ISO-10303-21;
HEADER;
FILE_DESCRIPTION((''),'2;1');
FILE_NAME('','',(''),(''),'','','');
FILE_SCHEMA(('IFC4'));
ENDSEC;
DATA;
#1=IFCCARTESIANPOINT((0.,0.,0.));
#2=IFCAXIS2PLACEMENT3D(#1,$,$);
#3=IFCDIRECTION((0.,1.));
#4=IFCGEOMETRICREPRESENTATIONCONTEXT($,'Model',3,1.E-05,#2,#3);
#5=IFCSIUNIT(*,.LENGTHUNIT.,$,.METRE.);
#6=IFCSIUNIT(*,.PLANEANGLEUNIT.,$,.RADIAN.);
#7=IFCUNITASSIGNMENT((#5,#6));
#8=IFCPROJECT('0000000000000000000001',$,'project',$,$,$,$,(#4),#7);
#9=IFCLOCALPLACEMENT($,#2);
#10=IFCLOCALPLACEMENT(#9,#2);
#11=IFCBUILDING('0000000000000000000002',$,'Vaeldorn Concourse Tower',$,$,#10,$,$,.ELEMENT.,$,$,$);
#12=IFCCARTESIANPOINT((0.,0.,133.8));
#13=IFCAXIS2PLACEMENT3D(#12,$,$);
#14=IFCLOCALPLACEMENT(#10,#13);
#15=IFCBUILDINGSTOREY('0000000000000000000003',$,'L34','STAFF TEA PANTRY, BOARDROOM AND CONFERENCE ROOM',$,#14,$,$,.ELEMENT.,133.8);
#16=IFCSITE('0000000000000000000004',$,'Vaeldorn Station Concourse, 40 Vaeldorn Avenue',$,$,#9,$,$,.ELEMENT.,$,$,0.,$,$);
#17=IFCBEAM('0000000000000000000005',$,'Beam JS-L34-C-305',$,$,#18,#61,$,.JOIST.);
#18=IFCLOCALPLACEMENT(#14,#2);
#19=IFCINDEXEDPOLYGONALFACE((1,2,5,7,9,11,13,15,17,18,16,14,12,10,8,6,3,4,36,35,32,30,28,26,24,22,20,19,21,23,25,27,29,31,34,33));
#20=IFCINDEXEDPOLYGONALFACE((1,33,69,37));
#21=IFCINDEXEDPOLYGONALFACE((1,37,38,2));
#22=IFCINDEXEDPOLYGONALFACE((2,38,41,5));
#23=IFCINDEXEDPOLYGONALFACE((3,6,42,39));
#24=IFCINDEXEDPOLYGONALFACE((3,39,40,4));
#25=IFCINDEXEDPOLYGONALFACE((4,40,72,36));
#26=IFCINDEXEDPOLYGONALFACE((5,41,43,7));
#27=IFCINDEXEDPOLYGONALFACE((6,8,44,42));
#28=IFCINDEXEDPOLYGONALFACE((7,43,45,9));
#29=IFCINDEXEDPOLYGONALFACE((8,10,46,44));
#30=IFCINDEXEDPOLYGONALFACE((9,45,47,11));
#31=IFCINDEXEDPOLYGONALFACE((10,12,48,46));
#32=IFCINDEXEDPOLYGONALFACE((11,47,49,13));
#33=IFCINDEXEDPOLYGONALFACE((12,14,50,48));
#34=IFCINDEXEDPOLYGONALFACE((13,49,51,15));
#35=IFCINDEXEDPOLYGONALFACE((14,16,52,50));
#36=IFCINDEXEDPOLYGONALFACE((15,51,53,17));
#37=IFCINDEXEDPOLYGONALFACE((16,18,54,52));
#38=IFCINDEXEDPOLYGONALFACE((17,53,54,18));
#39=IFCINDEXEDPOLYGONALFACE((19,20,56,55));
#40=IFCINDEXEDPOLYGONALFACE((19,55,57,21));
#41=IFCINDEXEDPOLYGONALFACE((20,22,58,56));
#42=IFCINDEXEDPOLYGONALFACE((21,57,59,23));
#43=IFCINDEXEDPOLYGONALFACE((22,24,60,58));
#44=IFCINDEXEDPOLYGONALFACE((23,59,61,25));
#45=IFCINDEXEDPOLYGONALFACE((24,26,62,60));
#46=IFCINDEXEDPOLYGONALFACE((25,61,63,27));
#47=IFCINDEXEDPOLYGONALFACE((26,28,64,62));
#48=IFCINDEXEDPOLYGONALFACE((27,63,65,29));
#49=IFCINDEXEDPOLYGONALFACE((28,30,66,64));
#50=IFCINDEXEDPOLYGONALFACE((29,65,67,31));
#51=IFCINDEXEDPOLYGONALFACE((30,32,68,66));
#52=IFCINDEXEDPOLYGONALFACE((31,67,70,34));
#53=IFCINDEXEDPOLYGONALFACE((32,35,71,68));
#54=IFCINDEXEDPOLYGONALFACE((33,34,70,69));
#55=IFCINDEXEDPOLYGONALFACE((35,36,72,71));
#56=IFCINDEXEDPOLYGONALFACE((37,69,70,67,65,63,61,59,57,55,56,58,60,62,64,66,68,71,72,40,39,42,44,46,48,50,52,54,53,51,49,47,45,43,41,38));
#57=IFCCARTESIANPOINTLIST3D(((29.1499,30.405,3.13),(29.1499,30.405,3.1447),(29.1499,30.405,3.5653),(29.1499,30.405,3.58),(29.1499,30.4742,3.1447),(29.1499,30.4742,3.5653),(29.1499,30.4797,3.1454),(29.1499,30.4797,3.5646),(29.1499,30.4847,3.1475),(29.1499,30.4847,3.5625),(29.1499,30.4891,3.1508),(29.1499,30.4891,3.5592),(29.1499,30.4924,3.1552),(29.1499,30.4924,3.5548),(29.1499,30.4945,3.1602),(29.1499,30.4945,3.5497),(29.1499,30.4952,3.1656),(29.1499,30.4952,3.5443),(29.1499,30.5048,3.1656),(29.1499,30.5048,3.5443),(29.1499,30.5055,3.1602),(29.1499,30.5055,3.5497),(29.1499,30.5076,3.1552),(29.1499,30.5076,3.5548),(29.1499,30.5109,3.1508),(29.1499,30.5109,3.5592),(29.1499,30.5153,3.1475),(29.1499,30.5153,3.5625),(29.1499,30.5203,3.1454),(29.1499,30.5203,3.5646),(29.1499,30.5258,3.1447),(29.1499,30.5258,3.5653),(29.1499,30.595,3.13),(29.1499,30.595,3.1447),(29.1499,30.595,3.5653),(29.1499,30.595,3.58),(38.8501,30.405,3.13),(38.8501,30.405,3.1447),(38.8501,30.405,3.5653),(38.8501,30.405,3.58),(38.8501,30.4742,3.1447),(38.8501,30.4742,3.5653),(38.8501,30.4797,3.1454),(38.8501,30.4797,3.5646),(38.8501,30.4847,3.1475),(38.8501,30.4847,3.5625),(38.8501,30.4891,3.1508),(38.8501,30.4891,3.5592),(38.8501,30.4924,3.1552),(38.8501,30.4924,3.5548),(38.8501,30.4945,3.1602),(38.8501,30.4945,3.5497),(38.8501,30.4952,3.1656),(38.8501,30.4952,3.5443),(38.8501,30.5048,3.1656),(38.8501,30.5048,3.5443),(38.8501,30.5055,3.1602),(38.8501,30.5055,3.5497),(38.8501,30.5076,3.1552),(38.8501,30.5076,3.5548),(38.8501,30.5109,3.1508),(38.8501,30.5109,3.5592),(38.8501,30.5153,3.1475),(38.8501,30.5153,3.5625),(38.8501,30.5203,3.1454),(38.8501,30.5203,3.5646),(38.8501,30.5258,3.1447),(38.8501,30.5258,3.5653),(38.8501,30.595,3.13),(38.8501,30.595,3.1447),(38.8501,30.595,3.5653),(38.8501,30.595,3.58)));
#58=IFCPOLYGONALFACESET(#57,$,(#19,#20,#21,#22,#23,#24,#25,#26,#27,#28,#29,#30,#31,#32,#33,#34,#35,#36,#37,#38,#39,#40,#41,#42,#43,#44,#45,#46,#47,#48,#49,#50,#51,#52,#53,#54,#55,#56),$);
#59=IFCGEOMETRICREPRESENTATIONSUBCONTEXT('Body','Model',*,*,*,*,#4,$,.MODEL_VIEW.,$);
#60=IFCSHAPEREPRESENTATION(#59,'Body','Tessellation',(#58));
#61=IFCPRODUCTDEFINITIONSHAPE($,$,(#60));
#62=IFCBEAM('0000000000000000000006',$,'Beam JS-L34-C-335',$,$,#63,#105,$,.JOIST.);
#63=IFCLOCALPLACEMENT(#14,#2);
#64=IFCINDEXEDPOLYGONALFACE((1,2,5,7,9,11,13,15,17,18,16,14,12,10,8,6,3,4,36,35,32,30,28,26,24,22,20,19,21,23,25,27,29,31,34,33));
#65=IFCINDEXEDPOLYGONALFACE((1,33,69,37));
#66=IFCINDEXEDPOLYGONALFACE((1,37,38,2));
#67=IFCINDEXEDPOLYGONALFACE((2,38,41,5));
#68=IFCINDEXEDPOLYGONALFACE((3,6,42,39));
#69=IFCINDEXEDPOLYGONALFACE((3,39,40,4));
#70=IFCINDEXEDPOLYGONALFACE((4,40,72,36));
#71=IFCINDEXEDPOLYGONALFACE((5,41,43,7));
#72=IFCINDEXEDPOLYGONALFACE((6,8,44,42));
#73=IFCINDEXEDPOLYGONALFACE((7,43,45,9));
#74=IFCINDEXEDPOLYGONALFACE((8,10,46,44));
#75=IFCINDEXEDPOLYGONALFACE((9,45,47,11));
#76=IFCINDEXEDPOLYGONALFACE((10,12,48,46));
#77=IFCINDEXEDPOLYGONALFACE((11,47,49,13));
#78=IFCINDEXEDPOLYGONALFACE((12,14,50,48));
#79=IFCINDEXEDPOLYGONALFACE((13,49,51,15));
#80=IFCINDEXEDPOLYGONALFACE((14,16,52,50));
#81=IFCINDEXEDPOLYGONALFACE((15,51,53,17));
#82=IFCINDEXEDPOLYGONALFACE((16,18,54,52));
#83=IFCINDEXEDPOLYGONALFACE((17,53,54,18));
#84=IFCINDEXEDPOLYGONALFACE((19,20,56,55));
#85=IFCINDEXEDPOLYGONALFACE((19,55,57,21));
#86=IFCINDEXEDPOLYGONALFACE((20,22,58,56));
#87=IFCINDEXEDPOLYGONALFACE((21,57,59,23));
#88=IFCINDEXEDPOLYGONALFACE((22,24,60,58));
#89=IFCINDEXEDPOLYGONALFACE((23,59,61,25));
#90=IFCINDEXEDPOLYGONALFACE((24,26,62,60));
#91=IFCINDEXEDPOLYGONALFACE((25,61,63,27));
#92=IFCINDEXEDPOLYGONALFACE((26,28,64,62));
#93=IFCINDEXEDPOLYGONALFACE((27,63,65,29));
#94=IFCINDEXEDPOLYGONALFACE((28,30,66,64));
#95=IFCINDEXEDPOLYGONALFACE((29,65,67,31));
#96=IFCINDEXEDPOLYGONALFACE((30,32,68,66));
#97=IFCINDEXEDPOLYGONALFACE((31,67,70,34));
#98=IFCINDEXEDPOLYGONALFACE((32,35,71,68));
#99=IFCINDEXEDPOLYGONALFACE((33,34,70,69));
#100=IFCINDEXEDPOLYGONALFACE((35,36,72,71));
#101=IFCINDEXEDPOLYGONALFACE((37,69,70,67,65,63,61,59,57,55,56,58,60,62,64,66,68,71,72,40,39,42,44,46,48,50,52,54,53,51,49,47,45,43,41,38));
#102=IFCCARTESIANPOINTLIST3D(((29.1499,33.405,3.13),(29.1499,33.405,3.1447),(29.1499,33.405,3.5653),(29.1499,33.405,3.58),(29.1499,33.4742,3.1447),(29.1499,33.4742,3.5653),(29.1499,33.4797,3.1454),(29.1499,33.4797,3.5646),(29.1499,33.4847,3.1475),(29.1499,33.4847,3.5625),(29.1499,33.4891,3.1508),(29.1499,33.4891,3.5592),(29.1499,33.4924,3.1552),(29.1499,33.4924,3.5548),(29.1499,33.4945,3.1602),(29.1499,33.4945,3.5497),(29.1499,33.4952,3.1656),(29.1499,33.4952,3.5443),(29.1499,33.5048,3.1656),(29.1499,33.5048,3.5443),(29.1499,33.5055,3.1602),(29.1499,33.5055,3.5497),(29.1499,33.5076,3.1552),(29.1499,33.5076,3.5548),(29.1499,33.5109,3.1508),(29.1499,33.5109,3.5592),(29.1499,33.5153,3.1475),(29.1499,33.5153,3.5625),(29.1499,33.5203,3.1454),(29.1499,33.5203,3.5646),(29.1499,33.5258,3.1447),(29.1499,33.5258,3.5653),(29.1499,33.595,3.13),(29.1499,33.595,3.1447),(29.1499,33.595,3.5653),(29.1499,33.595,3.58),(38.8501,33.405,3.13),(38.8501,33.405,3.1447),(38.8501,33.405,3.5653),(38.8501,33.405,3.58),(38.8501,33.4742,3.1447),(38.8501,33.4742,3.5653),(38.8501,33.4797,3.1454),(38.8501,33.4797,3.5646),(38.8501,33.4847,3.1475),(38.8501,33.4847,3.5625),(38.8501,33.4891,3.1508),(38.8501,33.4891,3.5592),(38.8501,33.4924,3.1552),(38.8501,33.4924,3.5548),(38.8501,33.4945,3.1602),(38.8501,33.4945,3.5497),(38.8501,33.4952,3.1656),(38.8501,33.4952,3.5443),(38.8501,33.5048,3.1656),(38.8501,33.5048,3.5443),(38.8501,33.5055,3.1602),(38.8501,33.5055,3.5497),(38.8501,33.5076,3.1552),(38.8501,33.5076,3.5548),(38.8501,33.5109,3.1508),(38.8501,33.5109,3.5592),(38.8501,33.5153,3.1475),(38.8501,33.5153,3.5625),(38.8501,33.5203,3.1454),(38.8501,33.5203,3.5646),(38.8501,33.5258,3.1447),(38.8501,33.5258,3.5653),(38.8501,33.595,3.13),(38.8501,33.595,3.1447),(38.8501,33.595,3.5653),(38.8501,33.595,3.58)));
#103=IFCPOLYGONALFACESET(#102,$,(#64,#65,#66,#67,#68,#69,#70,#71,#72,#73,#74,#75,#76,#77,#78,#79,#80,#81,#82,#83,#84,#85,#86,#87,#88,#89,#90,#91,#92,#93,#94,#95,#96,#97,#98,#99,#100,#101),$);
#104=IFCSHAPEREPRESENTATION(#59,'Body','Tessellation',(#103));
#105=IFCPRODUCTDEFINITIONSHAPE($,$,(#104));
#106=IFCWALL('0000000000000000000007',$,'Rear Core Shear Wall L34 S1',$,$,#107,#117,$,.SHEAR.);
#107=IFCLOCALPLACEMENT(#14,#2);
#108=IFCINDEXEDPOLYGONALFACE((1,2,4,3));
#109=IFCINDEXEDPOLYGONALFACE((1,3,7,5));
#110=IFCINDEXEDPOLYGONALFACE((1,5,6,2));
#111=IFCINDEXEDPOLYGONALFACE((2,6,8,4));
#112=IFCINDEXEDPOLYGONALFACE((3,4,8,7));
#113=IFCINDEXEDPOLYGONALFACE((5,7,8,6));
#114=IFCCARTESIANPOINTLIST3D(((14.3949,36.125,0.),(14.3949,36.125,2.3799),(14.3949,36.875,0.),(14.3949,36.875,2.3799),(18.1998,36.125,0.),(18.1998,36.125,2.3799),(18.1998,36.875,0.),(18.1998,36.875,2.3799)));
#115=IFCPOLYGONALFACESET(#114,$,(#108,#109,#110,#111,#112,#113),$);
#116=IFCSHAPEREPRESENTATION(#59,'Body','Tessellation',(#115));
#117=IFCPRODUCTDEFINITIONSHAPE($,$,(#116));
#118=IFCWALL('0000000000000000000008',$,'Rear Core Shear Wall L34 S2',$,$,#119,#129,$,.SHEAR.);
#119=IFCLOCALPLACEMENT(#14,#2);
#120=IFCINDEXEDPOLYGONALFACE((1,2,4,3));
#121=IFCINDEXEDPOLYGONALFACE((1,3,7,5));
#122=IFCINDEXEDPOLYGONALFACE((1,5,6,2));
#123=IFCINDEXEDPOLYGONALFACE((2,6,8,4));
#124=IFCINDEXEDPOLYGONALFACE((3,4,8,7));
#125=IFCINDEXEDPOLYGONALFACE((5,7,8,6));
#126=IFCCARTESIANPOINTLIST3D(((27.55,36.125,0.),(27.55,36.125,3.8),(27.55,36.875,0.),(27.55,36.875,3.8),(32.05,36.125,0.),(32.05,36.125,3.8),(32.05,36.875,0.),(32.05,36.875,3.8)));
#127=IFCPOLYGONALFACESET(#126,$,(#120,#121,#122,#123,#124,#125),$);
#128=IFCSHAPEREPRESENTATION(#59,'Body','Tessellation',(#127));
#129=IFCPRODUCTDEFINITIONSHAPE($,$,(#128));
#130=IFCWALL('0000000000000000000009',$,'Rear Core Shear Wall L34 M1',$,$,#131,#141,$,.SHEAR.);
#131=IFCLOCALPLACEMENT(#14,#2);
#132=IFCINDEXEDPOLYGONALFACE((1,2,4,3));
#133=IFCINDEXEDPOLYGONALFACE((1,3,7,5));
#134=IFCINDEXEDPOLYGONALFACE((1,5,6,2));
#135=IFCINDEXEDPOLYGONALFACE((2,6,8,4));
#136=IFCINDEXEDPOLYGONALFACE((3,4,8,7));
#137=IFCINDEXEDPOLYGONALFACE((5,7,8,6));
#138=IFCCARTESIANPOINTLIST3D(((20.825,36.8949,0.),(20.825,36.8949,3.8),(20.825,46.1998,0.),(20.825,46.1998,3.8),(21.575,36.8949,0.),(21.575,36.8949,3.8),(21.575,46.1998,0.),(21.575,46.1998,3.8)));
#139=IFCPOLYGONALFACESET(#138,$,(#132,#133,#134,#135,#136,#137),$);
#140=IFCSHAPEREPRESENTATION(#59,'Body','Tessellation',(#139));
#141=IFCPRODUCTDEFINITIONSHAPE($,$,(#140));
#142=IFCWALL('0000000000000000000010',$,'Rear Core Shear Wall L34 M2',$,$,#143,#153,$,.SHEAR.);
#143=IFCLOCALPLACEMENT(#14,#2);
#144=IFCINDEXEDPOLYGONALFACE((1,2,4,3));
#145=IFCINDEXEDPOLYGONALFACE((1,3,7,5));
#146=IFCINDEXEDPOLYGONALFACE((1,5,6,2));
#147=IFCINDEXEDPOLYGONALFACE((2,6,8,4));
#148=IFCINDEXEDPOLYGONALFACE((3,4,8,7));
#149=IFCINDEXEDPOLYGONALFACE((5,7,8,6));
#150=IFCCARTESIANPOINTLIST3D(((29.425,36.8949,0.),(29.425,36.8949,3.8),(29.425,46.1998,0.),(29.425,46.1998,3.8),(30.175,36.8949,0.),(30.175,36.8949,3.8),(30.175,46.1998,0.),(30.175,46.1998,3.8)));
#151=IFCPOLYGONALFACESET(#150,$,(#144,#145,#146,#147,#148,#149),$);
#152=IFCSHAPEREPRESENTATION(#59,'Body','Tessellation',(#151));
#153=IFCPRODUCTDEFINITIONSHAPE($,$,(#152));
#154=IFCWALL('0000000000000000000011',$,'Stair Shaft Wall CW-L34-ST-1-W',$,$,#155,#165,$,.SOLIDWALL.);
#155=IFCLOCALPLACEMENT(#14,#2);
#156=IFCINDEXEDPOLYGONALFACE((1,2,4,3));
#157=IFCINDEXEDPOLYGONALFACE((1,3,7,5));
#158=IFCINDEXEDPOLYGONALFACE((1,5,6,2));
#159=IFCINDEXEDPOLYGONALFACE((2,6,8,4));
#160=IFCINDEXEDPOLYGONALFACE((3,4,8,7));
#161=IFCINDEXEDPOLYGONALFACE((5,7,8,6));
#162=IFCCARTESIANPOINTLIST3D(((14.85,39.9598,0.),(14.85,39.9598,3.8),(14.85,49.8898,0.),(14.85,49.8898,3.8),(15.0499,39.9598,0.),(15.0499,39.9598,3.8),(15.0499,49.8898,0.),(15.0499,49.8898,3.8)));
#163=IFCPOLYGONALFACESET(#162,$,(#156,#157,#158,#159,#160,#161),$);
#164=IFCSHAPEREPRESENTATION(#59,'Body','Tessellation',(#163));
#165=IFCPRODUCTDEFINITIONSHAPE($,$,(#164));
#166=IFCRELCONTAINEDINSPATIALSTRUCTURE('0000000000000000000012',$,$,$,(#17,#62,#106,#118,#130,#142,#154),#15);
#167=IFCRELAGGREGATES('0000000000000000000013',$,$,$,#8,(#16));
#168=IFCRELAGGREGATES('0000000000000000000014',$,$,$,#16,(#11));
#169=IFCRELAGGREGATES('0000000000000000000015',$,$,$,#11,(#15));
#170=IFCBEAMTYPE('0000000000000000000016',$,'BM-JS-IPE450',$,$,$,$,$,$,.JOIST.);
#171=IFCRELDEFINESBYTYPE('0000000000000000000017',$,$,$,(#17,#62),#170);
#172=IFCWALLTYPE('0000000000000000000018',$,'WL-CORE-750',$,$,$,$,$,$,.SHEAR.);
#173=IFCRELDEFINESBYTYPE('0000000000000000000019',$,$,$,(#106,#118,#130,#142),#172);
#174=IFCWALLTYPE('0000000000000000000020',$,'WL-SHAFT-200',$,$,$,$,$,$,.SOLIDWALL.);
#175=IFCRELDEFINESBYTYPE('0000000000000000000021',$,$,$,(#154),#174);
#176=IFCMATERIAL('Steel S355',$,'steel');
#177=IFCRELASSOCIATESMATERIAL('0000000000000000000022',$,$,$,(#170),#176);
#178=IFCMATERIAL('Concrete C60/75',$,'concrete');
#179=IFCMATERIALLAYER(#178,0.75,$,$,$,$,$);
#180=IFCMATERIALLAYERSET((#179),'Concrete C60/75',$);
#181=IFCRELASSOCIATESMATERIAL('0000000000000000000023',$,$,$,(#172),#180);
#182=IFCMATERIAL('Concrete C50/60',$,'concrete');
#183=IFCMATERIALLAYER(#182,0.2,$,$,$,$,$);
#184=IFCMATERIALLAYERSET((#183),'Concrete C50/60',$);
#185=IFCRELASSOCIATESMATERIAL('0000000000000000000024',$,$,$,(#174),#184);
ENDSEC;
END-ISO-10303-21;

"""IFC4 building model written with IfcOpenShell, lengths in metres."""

from ifc_helpers import new_model, si_unit, direction, frame, frame_2d, origin, origin_2d, place, context, subcontext, project, spatial, rectangle, i_section, extrude, source, transform, mapped, material, layer, layer_set, material_profile, profile_set, type_object, element, save


model = new_model("IFC4")

# Units and contexts
model_context = context("Model", 3, precision=1e-05, world=origin(), true_north=direction((0.0, 1.0)))
body_context = subcontext(model_context, "Body", "Model", "MODEL_VIEW")
ifc_project = project(units=[si_unit("LENGTHUNIT", "METRE"), si_unit("PLANEANGLEUNIT", "RADIAN")], contexts=[model_context])

# Site, building, storey
site_placement = place(None, origin())
site = spatial("IfcSite", under=ifc_project, at=site_placement, Name="Vaeldorn Station Concourse, 40 Vaeldorn Avenue", CompositionType="ELEMENT", RefElevation=0.0)
building_placement = place(site_placement, origin())
building = spatial("IfcBuilding", under=site, at=building_placement, Name="Vaeldorn Concourse Tower", CompositionType="ELEMENT")
storey_placement = place(building_placement, frame((0.0, 0.0, 133.8)))
storey = spatial("IfcBuildingStorey", under=building, at=storey_placement, Name="L34", Description="STAFF TEA PANTRY, BOARDROOM AND CONFERENCE ROOM", CompositionType="ELEMENT", Elevation=133.8)

# Beams
ifc_material_1 = material(Name="Steel S355", Category="steel")
ifc_material_profile_1 = material_profile(ifc_material_1, i_section(OverallWidth=0.1899, OverallDepth=0.45, WebThickness=0.0095, FlangeThickness=0.0146, FilletRadius=0.021, at=origin_2d()), Name="IPE 450")
ifc_profile_set_1 = profile_set([ifc_material_profile_1], Name="Steel S355")
beam_type_1 = type_object("IfcBeamType", Name="BM-JS-IPE450", PredefinedType="JOIST", material=ifc_profile_set_1)
shared_shape_1 = source(origin(), body_context, "Body", "SweptSolid", [
    extrude(i_section(OverallWidth=0.1899, OverallDepth=0.45, WebThickness=0.0095, FlangeThickness=0.0146, FilletRadius=0.021, at=origin_2d()), origin(), (0.0, 0.0, 1.0), 9.7002),
])
for number, where, z_axis, x_axis, name in (
    (1, (29.1499, 30.5, 3.355), (1.0, 0.0, 0.0), (0.0, 1.0, 0.0), "Beam JS-L34-C-305"),
    (2, (29.1499, 33.5, 3.355), (1.0, 0.0, 0.0), (0.0, 1.0, 0.0), "Beam JS-L34-C-335"),
):
    element("IfcBeam", number, at=place(storey_placement, frame(where, z_axis=z_axis, x_axis=x_axis)), inside=storey, type_object=beam_type_1, Name=name, PredefinedType="JOIST", context=body_context, shape_type="MappedRepresentation", body=[
        mapped(shared_shape_1, transform((0.0, 0.0, 0.0), scale=1.0)),
    ])

# Walls
ifc_material_2 = material(Name="Concrete C60/75", Category="concrete")
ifc_layer_1 = layer(ifc_material_2, 0.75)
ifc_layer_set_1 = layer_set([ifc_layer_1], Name="Concrete C60/75")
wall_type_1 = type_object("IfcWallType", Name="WL-CORE-750", PredefinedType="SHEAR", material=ifc_layer_set_1)
wall_1_placement = place(storey_placement, frame((14.395, 36.5, 0.0), z_axis=(0.0, 0.0, 1.0), x_axis=(1.0, 0.0, 0.0)))
element("IfcWall", 3, at=wall_1_placement, inside=storey, type_object=wall_type_1, Name="Rear Core Shear Wall L34 S1", PredefinedType="SHEAR", context=body_context, shape_type="SweptSolid", body=[
    extrude(rectangle(XDim=3.8049, YDim=0.75, at=frame_2d((1.9023, 0.0))), origin(), (0.0, 0.0, 1.0), 2.3799),
])
wall_2_placement = place(storey_placement, frame((27.55, 36.5, 0.0), z_axis=(0.0, 0.0, 1.0), x_axis=(1.0, 0.0, 0.0)))
element("IfcWall", 4, at=wall_2_placement, inside=storey, type_object=wall_type_1, Name="Rear Core Shear Wall L34 S2", PredefinedType="SHEAR", context=body_context, shape_type="SweptSolid", body=[
    extrude(rectangle(XDim=4.5, YDim=0.75, at=frame_2d((2.25, 0.0))), origin(), (0.0, 0.0, 1.0), 3.8),
])
for number, where, z_axis, x_axis, name in (
    (5, (21.2, 36.895, 0.0), (0.0, 0.0, 1.0), (0.0, 1.0, 0.0), "Rear Core Shear Wall L34 M1"),
    (6, (29.8, 36.895, 0.0), (0.0, 0.0, 1.0), (0.0, 1.0, 0.0), "Rear Core Shear Wall L34 M2"),
):
    element("IfcWall", number, at=place(storey_placement, frame(where, z_axis=z_axis, x_axis=x_axis)), inside=storey, type_object=wall_type_1, Name=name, PredefinedType="SHEAR", context=body_context, shape_type="SweptSolid", body=[
        extrude(rectangle(XDim=9.3049, YDim=0.75, at=frame_2d((4.6523, 0.0))), origin(), (0.0, 0.0, 1.0), 3.8),
    ])

# Shared definitions
ifc_material_3 = material(Name="Concrete C50/60", Category="concrete")
ifc_layer_2 = layer(ifc_material_3, 0.2)
ifc_layer_set_2 = layer_set([ifc_layer_2], Name="Concrete C50/60")
wall_type_2 = type_object("IfcWallType", Name="WL-SHAFT-200", PredefinedType="SOLIDWALL", material=ifc_layer_set_2)

# Wall
wall_3_placement = place(storey_placement, frame((14.95, 39.96, 0.0), z_axis=(0.0, 0.0, 1.0), x_axis=(0.0, 1.0, 0.0)))
element("IfcWall", 7, at=wall_3_placement, inside=storey, type_object=wall_type_2, Name="Stair Shaft Wall CW-L34-ST-1-W", PredefinedType="SOLIDWALL", context=body_context, shape_type="SweptSolid", body=[
    extrude(rectangle(XDim=9.9299, YDim=0.2, at=frame_2d((4.9648, 0.0))), origin(), (0.0, 0.0, 1.0), 3.8),
])

save(model, "model.ifc")
